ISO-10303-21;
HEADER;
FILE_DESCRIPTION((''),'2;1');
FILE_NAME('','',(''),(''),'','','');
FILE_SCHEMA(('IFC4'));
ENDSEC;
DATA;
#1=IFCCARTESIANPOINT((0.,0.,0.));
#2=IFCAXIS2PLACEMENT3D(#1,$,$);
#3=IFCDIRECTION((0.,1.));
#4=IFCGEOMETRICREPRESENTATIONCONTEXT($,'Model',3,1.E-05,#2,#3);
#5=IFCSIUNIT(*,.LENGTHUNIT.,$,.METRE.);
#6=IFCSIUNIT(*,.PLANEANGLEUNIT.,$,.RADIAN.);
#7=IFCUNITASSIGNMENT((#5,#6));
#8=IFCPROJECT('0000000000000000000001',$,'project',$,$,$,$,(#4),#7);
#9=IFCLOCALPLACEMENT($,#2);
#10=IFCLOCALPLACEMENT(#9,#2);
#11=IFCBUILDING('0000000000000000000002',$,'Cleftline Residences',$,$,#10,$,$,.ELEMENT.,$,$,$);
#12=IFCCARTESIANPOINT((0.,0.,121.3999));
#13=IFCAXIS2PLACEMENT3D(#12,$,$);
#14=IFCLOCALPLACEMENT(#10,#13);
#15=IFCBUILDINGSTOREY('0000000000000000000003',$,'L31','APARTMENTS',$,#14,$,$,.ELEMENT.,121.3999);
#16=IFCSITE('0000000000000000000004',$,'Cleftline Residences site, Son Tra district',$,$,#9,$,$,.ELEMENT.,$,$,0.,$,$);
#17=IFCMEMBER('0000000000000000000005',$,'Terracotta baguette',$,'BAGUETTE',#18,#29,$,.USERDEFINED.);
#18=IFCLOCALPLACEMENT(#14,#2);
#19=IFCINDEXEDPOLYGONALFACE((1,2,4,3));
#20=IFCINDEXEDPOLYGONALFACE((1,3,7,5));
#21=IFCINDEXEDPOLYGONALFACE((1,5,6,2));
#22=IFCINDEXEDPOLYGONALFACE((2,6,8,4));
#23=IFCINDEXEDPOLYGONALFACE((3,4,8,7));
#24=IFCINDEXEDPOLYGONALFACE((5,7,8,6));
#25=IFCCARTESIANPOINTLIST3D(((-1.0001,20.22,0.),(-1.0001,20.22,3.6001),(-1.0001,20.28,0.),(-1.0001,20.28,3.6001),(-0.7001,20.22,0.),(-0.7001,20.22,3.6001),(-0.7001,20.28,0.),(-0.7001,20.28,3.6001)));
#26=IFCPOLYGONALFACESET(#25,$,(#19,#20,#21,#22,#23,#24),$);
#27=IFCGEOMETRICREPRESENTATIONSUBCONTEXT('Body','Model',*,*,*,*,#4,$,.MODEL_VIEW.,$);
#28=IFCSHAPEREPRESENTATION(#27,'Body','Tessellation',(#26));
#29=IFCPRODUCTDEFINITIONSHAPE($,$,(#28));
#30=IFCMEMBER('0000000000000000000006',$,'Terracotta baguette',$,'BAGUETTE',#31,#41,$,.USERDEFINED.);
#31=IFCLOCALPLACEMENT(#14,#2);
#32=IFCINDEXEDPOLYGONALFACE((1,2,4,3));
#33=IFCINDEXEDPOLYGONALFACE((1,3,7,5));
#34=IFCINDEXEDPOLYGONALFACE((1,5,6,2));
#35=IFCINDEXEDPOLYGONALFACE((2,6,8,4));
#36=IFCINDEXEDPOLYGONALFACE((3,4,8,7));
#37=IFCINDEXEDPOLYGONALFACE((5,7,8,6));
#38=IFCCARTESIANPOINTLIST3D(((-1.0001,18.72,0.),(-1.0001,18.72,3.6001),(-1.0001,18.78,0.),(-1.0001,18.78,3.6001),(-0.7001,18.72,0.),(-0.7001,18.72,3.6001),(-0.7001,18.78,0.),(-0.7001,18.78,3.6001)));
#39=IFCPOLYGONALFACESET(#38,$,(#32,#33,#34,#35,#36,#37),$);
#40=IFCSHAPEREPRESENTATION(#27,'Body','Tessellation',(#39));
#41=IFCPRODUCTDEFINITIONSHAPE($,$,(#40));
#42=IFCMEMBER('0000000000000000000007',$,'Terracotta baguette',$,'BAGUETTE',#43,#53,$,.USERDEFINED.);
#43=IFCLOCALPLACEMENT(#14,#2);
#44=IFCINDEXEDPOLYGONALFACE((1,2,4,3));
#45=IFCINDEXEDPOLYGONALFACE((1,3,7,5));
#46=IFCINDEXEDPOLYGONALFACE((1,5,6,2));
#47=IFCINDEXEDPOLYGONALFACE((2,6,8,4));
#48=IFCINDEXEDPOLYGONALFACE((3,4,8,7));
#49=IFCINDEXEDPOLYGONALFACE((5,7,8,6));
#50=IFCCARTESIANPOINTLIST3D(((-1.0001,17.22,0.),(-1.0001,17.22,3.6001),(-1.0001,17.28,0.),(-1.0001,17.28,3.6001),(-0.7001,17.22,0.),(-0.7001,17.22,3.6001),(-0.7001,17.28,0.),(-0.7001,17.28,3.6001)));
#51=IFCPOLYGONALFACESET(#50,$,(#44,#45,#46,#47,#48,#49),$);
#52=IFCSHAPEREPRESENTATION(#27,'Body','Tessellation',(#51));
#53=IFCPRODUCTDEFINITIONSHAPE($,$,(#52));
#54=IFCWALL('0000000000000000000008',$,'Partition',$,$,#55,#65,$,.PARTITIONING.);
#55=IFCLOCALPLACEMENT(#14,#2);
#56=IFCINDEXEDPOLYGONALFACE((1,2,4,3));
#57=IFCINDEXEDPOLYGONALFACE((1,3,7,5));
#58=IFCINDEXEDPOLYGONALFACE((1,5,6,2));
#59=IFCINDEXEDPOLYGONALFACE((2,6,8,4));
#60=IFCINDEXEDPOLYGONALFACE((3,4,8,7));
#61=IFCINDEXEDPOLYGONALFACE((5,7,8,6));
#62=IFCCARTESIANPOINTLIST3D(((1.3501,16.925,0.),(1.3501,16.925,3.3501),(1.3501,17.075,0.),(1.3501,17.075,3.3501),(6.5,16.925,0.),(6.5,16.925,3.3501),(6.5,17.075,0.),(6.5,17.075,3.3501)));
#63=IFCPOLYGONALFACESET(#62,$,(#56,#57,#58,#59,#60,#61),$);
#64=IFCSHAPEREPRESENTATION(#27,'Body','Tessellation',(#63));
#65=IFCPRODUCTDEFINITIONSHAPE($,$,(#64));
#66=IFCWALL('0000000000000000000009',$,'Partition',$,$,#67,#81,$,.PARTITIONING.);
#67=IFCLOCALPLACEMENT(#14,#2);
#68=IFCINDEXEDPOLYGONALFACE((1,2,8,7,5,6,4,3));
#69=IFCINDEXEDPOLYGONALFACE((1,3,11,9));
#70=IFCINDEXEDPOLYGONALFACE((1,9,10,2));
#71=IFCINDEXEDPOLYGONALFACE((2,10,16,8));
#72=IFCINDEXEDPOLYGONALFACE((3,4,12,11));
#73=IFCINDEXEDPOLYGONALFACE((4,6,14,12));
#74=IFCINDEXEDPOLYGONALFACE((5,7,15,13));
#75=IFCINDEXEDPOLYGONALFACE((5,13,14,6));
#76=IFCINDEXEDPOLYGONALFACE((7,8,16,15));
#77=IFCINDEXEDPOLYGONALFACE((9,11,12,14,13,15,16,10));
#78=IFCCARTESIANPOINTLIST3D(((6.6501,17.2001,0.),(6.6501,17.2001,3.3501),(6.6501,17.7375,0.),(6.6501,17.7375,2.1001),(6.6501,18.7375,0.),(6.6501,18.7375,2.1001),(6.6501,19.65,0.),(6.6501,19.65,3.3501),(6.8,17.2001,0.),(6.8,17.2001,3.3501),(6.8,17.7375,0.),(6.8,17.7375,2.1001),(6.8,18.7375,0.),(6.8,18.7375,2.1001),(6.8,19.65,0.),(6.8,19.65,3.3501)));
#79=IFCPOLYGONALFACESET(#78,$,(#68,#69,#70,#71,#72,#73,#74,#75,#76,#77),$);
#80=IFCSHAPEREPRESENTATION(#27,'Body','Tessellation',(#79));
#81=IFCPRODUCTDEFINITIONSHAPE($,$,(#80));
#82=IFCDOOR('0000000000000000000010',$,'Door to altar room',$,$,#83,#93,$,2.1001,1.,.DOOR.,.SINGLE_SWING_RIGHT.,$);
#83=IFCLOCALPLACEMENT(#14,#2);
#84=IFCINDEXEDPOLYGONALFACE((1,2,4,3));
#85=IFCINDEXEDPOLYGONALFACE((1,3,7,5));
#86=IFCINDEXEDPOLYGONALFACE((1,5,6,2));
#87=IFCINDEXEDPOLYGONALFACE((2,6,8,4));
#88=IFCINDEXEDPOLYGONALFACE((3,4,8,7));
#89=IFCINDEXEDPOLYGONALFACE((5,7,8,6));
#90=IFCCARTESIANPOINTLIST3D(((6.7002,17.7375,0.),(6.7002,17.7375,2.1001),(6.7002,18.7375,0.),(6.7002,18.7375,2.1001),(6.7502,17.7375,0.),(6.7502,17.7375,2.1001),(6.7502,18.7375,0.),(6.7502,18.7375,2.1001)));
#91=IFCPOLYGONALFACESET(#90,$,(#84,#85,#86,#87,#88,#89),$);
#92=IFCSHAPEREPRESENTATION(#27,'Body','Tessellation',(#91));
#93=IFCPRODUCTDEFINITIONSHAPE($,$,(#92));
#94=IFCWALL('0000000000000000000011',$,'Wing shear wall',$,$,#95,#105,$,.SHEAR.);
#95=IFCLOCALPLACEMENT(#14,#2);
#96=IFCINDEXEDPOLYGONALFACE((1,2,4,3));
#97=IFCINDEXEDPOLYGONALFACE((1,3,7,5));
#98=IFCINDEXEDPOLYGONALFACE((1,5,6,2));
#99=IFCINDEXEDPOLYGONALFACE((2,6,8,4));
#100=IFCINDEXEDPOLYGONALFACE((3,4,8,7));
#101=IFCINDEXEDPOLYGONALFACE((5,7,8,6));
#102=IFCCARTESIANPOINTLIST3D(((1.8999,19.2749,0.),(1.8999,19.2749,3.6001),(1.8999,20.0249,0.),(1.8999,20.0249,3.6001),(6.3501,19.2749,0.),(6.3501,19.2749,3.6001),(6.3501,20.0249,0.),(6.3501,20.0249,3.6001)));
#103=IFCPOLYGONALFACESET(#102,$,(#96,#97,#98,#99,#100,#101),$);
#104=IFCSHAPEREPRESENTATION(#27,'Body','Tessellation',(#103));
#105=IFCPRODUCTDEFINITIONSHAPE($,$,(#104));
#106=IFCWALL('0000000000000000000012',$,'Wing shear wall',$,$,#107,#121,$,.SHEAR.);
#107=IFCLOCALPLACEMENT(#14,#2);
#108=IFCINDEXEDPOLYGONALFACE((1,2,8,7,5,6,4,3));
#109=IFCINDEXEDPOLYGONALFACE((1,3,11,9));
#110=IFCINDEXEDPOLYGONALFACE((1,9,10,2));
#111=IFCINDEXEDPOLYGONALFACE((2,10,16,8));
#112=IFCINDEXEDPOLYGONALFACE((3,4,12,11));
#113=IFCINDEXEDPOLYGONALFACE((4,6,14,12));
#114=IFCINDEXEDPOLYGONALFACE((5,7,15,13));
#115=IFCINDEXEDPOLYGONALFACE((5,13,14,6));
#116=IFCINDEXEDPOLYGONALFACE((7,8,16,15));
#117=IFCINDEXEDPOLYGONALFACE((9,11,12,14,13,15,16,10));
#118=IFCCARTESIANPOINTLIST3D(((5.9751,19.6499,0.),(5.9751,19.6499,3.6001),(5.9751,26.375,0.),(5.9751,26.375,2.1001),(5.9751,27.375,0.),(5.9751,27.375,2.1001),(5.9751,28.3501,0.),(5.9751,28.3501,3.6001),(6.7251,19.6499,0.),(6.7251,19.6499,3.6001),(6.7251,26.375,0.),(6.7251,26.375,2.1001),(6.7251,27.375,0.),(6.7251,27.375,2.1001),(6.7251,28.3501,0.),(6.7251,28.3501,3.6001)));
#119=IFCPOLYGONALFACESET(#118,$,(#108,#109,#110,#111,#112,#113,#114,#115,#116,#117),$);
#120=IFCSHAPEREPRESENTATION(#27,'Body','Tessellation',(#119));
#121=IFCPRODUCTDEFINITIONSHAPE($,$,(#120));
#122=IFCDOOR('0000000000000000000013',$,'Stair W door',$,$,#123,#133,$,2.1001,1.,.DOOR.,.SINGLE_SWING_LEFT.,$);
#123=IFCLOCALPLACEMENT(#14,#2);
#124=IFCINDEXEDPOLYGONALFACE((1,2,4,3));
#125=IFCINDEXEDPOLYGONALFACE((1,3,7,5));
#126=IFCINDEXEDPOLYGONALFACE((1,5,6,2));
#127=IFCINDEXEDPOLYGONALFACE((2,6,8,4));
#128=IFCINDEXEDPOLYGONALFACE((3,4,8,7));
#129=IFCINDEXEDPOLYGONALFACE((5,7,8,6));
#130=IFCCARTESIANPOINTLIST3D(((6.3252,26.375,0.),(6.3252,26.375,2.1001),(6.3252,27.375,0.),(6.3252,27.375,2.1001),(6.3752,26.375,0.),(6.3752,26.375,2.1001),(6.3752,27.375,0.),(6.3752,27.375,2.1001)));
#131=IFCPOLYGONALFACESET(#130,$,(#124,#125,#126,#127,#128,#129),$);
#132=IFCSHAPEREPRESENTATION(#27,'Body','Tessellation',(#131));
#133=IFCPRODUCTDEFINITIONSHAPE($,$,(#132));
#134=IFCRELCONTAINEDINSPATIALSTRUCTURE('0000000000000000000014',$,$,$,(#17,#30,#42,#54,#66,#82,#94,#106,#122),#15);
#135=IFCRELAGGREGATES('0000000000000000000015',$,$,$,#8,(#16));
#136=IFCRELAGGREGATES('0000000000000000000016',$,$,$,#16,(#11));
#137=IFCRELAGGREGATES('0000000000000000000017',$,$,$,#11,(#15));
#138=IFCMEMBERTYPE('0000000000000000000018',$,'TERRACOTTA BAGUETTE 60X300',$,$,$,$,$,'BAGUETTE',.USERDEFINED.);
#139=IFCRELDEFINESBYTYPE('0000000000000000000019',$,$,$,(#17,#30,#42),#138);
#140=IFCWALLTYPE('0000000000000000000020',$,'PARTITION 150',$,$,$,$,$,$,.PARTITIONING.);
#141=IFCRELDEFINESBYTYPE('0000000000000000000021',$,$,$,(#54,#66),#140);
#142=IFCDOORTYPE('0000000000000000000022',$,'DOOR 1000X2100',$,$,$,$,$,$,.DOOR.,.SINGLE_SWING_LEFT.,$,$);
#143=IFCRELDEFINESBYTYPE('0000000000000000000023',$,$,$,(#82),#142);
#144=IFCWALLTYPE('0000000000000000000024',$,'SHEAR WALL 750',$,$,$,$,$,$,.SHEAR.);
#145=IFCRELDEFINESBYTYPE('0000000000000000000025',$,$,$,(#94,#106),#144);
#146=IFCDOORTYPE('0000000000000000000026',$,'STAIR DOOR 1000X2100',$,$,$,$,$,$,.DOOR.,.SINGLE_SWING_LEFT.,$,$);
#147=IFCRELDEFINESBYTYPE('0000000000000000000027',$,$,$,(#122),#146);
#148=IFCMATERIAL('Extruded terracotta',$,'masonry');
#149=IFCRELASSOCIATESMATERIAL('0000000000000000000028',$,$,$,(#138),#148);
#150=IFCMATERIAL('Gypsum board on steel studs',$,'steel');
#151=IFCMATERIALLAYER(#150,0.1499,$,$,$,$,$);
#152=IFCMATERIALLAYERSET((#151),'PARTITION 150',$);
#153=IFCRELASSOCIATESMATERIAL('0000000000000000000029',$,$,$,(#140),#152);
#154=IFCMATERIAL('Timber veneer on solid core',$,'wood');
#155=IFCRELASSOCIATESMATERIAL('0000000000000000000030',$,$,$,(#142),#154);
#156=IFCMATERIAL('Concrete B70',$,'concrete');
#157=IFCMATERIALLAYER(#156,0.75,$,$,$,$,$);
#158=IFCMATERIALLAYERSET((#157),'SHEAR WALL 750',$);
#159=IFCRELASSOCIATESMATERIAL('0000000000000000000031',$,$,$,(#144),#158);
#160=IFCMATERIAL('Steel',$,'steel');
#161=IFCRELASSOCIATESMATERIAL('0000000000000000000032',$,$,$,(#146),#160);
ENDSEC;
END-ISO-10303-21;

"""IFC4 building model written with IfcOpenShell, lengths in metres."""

from ifc_helpers import new_model, si_unit, direction, frame, frame_2d, origin, origin_2d, place, context, subcontext, project, spatial, rectangle, extrude, material, layer, layer_set, material_profile, profile_set, type_object, element, fill, save


model = new_model("IFC4")

# Units and contexts
model_context = context("Model", 3, precision=1e-05, world=origin(), true_north=direction((0.0, 1.0)))
body_context = subcontext(model_context, "Body", "Model", "MODEL_VIEW")
ifc_project = project(units=[si_unit("LENGTHUNIT", "METRE"), si_unit("PLANEANGLEUNIT", "RADIAN")], contexts=[model_context])

# Site, building, storey
site_placement = place(None, origin())
site = spatial("IfcSite", under=ifc_project, at=site_placement, Name="Cleftline Residences site, Son Tra district", CompositionType="ELEMENT", RefElevation=0.0)
building_placement = place(site_placement, origin())
building = spatial("IfcBuilding", under=site, at=building_placement, Name="Cleftline Residences", CompositionType="ELEMENT")
storey_placement = place(building_placement, frame((0.0, 0.0, 121.3999)))
storey = spatial("IfcBuildingStorey", under=building, at=storey_placement, Name="L31", Description="APARTMENTS", CompositionType="ELEMENT", Elevation=121.3999)

# Members
ifc_material_1 = material(Name="Extruded terracotta", Category="masonry")
ifc_material_profile_1 = material_profile(ifc_material_1, rectangle(XDim=0.0601, YDim=0.3, at=origin_2d()))
ifc_profile_set_1 = profile_set([ifc_material_profile_1], Name="Extruded terracotta")
member_type = type_object("IfcMemberType", Name="TERRACOTTA BAGUETTE 60X300", ElementType="BAGUETTE", PredefinedType="USERDEFINED", material=ifc_profile_set_1)
for number, where, z_axis, x_axis, name in (
    (1, (-0.8501, 20.25, 0.0), (0.0, 0.0, 1.0), (0.0, 1.0, 0.0), "Terracotta baguette"),
    (2, (-0.8501, 18.75, 0.0), (0.0, 0.0, 1.0), (0.0, 1.0, 0.0), "Terracotta baguette"),
    (3, (-0.8501, 17.25, 0.0), (0.0, 0.0, 1.0), (0.0, 1.0, 0.0), "Terracotta baguette"),
):
    element("IfcMember", number, at=place(storey_placement, frame(where, z_axis=z_axis, x_axis=x_axis)), inside=storey, type_object=member_type, Name=name, ObjectType="BAGUETTE", PredefinedType="USERDEFINED", context=body_context, shape_type="SweptSolid", body=[
        extrude(rectangle(XDim=0.0601, YDim=0.3, at=origin_2d()), origin(), (0.0, 0.0, 1.0), 3.6001),
    ])

# Wall
ifc_material_2 = material(Name="Gypsum board on steel studs", Category="steel")
ifc_layer_1 = layer(ifc_material_2, 0.1499)
ifc_layer_set_1 = layer_set([ifc_layer_1], Name="PARTITION 150")
wall_type_1 = type_object("IfcWallType", Name="PARTITION 150", PredefinedType="PARTITIONING", material=ifc_layer_set_1)
wall_1_placement = place(storey_placement, frame((1.3501, 17.0, 0.0), z_axis=(0.0, 0.0, 1.0), x_axis=(1.0, 0.0, 0.0)))
element("IfcWall", 4, at=wall_1_placement, inside=storey, type_object=wall_type_1, Name="Partition", PredefinedType="PARTITIONING", context=body_context, shape_type="SweptSolid", body=[
    extrude(rectangle(XDim=5.1499, YDim=0.1499, at=frame_2d((2.575, 0.0))), origin(), (0.0, 0.0, 1.0), 3.3501),
])

# Wall, opening, door
wall_2_placement = place(storey_placement, frame((6.7251, 17.2, 0.0), z_axis=(0.0, 0.0, 1.0), x_axis=(0.0, 1.0, 0.0)))
wall_2 = element("IfcWall", 5, at=wall_2_placement, inside=storey, type_object=wall_type_1, Name="Partition", PredefinedType="PARTITIONING", context=body_context, shape_type="SweptSolid", body=[
    extrude(rectangle(XDim=2.45, YDim=0.1499, at=frame_2d((1.2251, 0.0))), origin(), (0.0, 0.0, 1.0), 3.3501),
])
opening_1_placement = place(wall_2_placement, frame((0.5376, 0.0, 0.0)))
opening_1 = element("IfcOpeningElement", 6, at=opening_1_placement, cuts=wall_2, PredefinedType="OPENING", context=body_context, shape_type="SweptSolid", body=[
    extrude(rectangle(XDim=1.0, YDim=2.1001, at=frame_2d((0.5, 1.05))), frame((0.0, 0.085, 0.0), z_axis=(0.0, -1.0, 0.0), x_axis=(1.0, 0.0, 0.0)), (0.0, 0.0, 1.0), 0.1699),
])
ifc_material_3 = material(Name="Timber veneer on solid core", Category="wood")
door_type_1 = type_object("IfcDoorType", Name="DOOR 1000X2100", OperationType="SINGLE_SWING_LEFT", PredefinedType="DOOR", material=ifc_material_3)
door_1_placement = place(opening_1_placement, origin())
door_1 = element("IfcDoor", 7, at=door_1_placement, inside=storey, type_object=door_type_1, Name="Door to altar room", OperationType="SINGLE_SWING_RIGHT", OverallHeight=2.1001, OverallWidth=1.0, PredefinedType="DOOR", context=body_context, shape_type="SweptSolid", body=[
    extrude(rectangle(XDim=1.0, YDim=2.1001, at=frame_2d((0.5, 1.05))), frame((0.0, 0.0249, 0.0), z_axis=(0.0, -1.0, 0.0), x_axis=(1.0, 0.0, 0.0)), (0.0, 0.0, 1.0), 0.05),
])
fill(opening_1, door_1)

# Wall
ifc_material_4 = material(Name="Concrete B70", Category="concrete")
ifc_layer_2 = layer(ifc_material_4, 0.75)
ifc_layer_set_2 = layer_set([ifc_layer_2], Name="SHEAR WALL 750")
wall_type_2 = type_object("IfcWallType", Name="SHEAR WALL 750", PredefinedType="SHEAR", material=ifc_layer_set_2)
wall_3_placement = place(storey_placement, frame((1.8999, 19.6499, 0.0), z_axis=(0.0, 0.0, 1.0), x_axis=(1.0, 0.0, 0.0)))
element("IfcWall", 8, at=wall_3_placement, inside=storey, type_object=wall_type_2, Name="Wing shear wall", PredefinedType="SHEAR", context=body_context, shape_type="SweptSolid", body=[
    extrude(rectangle(XDim=4.4502, YDim=0.75, at=frame_2d((2.2251, 0.0))), origin(), (0.0, 0.0, 1.0), 3.6001),
])

# Wall, opening, door
wall_4_placement = place(storey_placement, frame((6.3501, 19.6499, 0.0), z_axis=(0.0, 0.0, 1.0), x_axis=(0.0, 1.0, 0.0)))
wall_4 = element("IfcWall", 9, at=wall_4_placement, inside=storey, type_object=wall_type_2, Name="Wing shear wall", PredefinedType="SHEAR", context=body_context, shape_type="SweptSolid", body=[
    extrude(rectangle(XDim=8.7002, YDim=0.75, at=frame_2d((4.3501, 0.0))), origin(), (0.0, 0.0, 1.0), 3.6001),
])
opening_2_placement = place(wall_4_placement, frame((6.7251, 0.0, 0.0)))
opening_2 = element("IfcOpeningElement", 10, at=opening_2_placement, cuts=wall_4, PredefinedType="OPENING", context=body_context, shape_type="SweptSolid", body=[
    extrude(rectangle(XDim=1.0, YDim=2.1001, at=frame_2d((0.5, 1.05))), frame((0.0, 0.385, 0.0), z_axis=(0.0, -1.0, 0.0), x_axis=(1.0, 0.0, 0.0)), (0.0, 0.0, 1.0), 0.77),
])
ifc_material_5 = material(Name="Steel", Category="steel")
door_type_2 = type_object("IfcDoorType", Name="STAIR DOOR 1000X2100", OperationType="SINGLE_SWING_LEFT", PredefinedType="DOOR", material=ifc_material_5)
door_2_placement = place(opening_2_placement, origin())
door_2 = element("IfcDoor", 11, at=door_2_placement, inside=storey, type_object=door_type_2, Name="Stair W door", OperationType="SINGLE_SWING_LEFT", OverallHeight=2.1001, OverallWidth=1.0, PredefinedType="DOOR", context=body_context, shape_type="SweptSolid", body=[
    extrude(rectangle(XDim=1.0, YDim=2.1001, at=frame_2d((0.5, 1.05))), frame((0.0, 0.0249, 0.0), z_axis=(0.0, -1.0, 0.0), x_axis=(1.0, 0.0, 0.0)), (0.0, 0.0, 1.0), 0.05),
])
fill(opening_2, door_2)

save(model, "model.ifc")
